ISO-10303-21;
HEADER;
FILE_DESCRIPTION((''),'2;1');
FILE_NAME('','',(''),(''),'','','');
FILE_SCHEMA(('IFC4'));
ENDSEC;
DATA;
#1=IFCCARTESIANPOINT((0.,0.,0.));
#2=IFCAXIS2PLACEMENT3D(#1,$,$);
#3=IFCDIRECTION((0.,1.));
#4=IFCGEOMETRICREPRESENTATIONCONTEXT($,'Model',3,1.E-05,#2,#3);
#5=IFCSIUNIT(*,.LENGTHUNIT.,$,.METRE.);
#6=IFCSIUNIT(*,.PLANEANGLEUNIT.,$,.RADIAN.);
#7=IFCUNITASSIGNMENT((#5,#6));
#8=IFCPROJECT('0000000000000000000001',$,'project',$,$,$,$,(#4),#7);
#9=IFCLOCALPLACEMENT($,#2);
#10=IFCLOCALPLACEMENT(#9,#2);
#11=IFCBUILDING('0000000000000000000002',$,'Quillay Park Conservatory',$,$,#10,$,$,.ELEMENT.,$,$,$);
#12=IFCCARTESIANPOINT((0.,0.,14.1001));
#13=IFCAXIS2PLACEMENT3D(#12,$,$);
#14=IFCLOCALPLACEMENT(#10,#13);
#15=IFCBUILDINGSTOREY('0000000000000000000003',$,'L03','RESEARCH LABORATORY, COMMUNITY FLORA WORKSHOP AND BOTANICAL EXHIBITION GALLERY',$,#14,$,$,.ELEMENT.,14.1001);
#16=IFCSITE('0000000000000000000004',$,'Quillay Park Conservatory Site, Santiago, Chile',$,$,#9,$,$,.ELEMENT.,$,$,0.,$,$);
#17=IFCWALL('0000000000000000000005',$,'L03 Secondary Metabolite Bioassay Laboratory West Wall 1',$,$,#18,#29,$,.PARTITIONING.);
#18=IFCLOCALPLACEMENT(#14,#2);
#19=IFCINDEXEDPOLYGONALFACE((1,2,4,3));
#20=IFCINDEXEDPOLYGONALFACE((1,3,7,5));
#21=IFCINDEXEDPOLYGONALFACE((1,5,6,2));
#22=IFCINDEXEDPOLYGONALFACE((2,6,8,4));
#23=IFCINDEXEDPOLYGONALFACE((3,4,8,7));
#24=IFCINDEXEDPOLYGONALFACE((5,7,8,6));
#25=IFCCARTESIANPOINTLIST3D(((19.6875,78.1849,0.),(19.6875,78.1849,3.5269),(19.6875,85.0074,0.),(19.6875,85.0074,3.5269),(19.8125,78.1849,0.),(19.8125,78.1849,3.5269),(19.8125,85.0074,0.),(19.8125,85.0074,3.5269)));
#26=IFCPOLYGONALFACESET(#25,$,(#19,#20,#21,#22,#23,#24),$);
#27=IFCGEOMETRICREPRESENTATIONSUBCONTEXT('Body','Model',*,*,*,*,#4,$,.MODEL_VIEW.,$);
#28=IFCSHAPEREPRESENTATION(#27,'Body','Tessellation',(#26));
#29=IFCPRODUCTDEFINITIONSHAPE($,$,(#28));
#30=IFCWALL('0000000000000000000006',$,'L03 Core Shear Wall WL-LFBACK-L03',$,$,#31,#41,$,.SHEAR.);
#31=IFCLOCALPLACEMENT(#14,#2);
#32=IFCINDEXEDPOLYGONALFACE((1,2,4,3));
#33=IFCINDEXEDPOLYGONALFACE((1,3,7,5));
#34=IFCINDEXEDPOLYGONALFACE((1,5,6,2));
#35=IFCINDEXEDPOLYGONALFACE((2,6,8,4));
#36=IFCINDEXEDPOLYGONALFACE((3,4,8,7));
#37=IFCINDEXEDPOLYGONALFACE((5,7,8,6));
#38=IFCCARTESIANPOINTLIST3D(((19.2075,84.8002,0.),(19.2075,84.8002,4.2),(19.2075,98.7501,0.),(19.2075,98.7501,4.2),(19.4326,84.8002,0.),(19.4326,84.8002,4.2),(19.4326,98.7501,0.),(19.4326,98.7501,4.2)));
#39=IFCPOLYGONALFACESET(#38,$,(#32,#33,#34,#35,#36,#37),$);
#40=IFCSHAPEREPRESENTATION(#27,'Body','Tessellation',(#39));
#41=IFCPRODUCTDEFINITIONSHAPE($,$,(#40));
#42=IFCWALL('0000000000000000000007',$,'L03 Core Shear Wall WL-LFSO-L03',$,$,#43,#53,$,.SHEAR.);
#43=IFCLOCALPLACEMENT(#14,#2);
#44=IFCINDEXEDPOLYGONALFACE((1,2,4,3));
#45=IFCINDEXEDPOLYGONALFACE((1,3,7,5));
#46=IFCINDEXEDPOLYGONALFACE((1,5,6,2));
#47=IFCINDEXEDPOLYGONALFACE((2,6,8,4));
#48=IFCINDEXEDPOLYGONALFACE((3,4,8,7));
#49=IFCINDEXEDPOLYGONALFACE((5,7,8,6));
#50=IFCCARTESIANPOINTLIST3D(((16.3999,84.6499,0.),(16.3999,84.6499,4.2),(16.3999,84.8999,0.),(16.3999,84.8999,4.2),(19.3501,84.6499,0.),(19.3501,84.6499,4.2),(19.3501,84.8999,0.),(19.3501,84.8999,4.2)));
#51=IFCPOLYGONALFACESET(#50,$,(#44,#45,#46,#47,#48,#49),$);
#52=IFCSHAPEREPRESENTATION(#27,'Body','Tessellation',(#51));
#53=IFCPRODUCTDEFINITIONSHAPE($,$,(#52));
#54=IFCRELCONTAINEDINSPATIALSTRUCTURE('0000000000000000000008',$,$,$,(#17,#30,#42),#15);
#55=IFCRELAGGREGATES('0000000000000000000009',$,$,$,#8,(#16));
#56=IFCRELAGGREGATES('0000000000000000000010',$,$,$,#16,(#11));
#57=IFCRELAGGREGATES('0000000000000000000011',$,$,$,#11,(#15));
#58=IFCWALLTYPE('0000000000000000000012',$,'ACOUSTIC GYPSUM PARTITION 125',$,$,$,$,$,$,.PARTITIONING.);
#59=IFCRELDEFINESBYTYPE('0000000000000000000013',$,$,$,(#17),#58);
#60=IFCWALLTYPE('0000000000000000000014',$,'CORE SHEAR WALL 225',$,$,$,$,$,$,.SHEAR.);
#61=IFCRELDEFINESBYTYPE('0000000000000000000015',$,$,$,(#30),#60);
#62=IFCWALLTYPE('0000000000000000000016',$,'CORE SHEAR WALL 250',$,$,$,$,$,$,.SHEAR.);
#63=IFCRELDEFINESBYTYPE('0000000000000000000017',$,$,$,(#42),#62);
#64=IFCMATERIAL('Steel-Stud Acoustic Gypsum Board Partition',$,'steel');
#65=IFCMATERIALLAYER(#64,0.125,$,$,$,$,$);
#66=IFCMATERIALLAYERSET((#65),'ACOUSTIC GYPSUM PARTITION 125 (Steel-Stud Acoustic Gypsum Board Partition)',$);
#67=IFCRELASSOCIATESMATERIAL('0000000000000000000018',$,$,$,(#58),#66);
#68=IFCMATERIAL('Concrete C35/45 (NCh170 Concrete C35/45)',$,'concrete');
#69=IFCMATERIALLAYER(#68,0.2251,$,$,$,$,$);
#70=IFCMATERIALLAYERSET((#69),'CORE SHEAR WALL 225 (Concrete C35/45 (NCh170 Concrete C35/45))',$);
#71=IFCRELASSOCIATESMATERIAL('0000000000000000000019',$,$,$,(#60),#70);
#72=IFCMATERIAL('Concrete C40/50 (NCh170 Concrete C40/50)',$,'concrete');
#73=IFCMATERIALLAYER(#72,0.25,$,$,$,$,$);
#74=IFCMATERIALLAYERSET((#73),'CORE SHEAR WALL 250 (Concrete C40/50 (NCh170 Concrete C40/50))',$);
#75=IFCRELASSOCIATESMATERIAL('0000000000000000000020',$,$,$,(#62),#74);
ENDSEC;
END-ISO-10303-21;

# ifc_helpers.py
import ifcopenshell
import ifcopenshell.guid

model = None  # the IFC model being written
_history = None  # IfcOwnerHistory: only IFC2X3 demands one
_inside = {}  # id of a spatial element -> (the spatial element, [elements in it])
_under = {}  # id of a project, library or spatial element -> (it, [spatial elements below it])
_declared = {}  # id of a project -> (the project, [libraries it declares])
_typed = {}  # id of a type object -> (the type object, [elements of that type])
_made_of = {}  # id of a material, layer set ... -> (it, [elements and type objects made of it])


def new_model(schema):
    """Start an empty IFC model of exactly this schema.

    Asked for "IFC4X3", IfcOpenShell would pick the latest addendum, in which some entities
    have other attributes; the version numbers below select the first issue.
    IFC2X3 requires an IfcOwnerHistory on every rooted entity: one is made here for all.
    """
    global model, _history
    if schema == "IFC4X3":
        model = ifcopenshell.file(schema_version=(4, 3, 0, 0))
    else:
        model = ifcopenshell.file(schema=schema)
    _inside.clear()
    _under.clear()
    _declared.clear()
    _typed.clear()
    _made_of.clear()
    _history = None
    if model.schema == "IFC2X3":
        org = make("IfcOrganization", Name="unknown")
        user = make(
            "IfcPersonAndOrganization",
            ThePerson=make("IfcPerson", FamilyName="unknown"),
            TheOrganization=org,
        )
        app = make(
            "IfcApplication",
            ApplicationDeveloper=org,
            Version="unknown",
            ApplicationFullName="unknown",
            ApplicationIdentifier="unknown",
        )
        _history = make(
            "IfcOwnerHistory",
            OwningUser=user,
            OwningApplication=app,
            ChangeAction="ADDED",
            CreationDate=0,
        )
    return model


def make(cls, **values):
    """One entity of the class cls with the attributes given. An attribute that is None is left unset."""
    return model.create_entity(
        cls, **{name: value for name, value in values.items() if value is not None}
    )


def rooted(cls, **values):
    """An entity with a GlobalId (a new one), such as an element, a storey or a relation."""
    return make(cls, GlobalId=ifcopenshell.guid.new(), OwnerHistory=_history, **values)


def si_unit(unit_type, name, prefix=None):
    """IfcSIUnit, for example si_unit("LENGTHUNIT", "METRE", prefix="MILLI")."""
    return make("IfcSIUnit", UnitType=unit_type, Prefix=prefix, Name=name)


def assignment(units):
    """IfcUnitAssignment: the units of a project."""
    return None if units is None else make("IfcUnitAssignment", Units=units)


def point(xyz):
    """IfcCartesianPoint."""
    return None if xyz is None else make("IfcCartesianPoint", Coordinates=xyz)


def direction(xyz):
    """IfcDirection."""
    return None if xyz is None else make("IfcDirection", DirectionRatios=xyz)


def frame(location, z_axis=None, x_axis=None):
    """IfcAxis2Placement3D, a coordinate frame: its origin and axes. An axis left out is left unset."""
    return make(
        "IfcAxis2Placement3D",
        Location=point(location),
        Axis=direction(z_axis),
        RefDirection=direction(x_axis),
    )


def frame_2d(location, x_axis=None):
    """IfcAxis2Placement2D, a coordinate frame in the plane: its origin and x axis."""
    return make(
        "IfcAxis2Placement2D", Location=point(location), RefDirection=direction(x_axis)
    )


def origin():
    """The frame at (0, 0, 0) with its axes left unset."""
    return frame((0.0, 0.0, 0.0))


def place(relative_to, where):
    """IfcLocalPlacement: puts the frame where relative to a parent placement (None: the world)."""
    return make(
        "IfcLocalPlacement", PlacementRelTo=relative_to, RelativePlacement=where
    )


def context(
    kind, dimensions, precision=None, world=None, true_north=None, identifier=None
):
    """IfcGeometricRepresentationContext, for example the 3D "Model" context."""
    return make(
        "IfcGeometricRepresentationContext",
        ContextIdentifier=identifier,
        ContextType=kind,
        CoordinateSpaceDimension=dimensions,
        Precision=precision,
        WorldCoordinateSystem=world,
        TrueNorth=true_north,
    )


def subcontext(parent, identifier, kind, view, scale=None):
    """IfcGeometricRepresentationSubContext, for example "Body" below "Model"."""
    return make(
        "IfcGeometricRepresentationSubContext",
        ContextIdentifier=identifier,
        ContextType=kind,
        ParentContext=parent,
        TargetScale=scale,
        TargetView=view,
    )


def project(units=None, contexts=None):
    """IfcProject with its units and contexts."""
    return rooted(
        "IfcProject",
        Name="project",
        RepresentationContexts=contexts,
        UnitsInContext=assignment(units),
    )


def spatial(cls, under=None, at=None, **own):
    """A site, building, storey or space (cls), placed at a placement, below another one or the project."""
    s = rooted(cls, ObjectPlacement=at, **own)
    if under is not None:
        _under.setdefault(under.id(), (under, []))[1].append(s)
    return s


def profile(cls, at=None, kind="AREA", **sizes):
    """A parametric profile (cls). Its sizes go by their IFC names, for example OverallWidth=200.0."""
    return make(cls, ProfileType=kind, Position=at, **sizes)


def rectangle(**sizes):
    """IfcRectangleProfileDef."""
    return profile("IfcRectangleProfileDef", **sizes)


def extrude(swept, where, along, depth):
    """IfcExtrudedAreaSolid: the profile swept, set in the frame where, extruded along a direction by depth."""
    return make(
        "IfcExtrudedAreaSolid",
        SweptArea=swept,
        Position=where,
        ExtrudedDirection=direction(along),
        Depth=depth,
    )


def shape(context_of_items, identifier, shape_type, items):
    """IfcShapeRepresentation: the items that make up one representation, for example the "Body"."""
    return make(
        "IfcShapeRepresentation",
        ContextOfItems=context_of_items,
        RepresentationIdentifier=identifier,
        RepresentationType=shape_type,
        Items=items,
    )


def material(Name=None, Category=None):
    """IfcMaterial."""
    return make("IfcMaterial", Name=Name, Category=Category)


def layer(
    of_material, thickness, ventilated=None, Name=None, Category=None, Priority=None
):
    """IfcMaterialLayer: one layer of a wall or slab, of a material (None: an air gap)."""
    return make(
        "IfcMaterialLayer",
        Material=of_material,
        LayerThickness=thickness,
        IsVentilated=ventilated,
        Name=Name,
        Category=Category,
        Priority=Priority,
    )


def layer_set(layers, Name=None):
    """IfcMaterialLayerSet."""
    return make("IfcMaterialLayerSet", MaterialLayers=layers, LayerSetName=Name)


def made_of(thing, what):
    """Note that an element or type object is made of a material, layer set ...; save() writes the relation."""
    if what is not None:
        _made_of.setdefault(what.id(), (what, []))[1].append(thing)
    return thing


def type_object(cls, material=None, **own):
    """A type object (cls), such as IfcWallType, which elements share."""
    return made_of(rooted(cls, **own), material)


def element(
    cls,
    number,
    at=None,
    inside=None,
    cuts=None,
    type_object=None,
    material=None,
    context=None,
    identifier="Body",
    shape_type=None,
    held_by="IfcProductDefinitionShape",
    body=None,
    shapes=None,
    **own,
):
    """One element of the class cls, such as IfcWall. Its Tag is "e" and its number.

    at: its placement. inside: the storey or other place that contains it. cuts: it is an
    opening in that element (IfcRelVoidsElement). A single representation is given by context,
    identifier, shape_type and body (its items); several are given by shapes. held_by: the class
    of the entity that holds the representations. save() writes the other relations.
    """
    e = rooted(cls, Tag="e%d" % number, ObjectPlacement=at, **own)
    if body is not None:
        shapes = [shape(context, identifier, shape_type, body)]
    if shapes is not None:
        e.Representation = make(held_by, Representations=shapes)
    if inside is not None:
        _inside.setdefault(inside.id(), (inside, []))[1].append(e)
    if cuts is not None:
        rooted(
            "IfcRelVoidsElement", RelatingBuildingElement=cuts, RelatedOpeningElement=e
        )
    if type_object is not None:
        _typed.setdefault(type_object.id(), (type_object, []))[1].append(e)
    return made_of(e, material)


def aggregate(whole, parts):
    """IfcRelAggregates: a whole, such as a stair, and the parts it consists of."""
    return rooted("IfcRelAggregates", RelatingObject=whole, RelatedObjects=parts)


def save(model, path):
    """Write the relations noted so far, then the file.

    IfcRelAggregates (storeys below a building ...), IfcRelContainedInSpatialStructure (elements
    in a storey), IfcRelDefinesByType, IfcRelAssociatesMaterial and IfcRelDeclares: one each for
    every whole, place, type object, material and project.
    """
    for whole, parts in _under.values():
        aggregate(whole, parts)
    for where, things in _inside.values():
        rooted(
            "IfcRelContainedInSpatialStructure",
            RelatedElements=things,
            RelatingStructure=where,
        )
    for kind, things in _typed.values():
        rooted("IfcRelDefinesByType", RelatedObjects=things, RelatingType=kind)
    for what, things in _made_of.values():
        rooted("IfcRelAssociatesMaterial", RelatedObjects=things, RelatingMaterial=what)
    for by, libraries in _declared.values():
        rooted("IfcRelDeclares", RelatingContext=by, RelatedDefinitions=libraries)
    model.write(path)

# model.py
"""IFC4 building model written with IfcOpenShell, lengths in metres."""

from ifc_helpers import new_model, si_unit, direction, frame, frame_2d, origin, place, context, subcontext, project, spatial, rectangle, extrude, material, layer, layer_set, type_object, element, save


model = new_model("IFC4")

# Units and contexts
model_context = context("Model", 3, precision=1e-05, world=origin(), true_north=direction((0.0, 1.0)))
body_context = subcontext(model_context, "Body", "Model", "MODEL_VIEW")
ifc_project = project(units=[si_unit("LENGTHUNIT", "METRE"), si_unit("PLANEANGLEUNIT", "RADIAN")], contexts=[model_context])

# Site, building, storey
site_placement = place(None, origin())
site = spatial("IfcSite", under=ifc_project, at=site_placement, Name="Quillay Park Conservatory Site, Santiago, Chile", CompositionType="ELEMENT", RefElevation=0.0)
building_placement = place(site_placement, origin())
building = spatial("IfcBuilding", under=site, at=building_placement, Name="Quillay Park Conservatory", CompositionType="ELEMENT")
storey_placement = place(building_placement, frame((0.0, 0.0, 14.1001)))
storey = spatial("IfcBuildingStorey", under=building, at=storey_placement, Name="L03", Description="RESEARCH LABORATORY, COMMUNITY FLORA WORKSHOP AND BOTANICAL EXHIBITION GALLERY", CompositionType="ELEMENT", Elevation=14.1001)

# Walls
ifc_material_1 = material(Name="Steel-Stud Acoustic Gypsum Board Partition", Category="steel")
ifc_layer_1 = layer(ifc_material_1, 0.125)
ifc_layer_set_1 = layer_set([ifc_layer_1], Name="ACOUSTIC GYPSUM PARTITION 125 (Steel-Stud Acoustic Gypsum Board Partition)")
wall_type_1 = type_object("IfcWallType", Name="ACOUSTIC GYPSUM PARTITION 125", PredefinedType="PARTITIONING", material=ifc_layer_set_1)
wall_1_placement = place(storey_placement, frame((19.75, 78.1851, 0.0), z_axis=(0.0, 0.0, 1.0), x_axis=(0.0, 1.0, 0.0)))
element("IfcWall", 1, at=wall_1_placement, inside=storey, type_object=wall_type_1, Name="L03 Secondary Metabolite Bioassay Laboratory West Wall 1", PredefinedType="PARTITIONING", context=body_context, shape_type="SweptSolid", body=[
    extrude(rectangle(XDim=6.8225, YDim=0.125, at=frame_2d((3.4111, 0.0))), origin(), (0.0, 0.0, 1.0), 3.5269),
])
ifc_material_2 = material(Name="Concrete C35/45 (NCh170 Concrete C35/45)", Category="concrete")
ifc_layer_2 = layer(ifc_material_2, 0.2251)
ifc_layer_set_2 = layer_set([ifc_layer_2], Name="CORE SHEAR WALL 225 (Concrete C35/45 (NCh170 Concrete C35/45))")
wall_type_2 = type_object("IfcWallType", Name="CORE SHEAR WALL 225", PredefinedType="SHEAR", material=ifc_layer_set_2)
wall_2_placement = place(storey_placement, frame((19.3201, 84.8, 0.0), z_axis=(0.0, 0.0, 1.0), x_axis=(0.0, 1.0, 0.0)))
element("IfcWall", 2, at=wall_2_placement, inside=storey, type_object=wall_type_2, Name="L03 Core Shear Wall WL-LFBACK-L03", PredefinedType="SHEAR", context=body_context, shape_type="SweptSolid", body=[
    extrude(rectangle(XDim=13.95, YDim=0.2251, at=frame_2d((6.9751, 0.0))), origin(), (0.0, 0.0, 1.0), 4.2),
])
ifc_material_3 = material(Name="Concrete C40/50 (NCh170 Concrete C40/50)", Category="concrete")
ifc_layer_3 = layer(ifc_material_3, 0.25)
ifc_layer_set_3 = layer_set([ifc_layer_3], Name="CORE SHEAR WALL 250 (Concrete C40/50 (NCh170 Concrete C40/50))")
wall_type_3 = type_object("IfcWallType", Name="CORE SHEAR WALL 250", PredefinedType="SHEAR", material=ifc_layer_set_3)
wall_3_placement = place(storey_placement, frame((16.3999, 84.7749, 0.0), z_axis=(0.0, 0.0, 1.0), x_axis=(1.0, 0.0, 0.0)))
element("IfcWall", 3, at=wall_3_placement, inside=storey, type_object=wall_type_3, Name="L03 Core Shear Wall WL-LFSO-L03", PredefinedType="SHEAR", context=body_context, shape_type="SweptSolid", body=[
    extrude(rectangle(XDim=2.9502, YDim=0.25, at=frame_2d((1.4751, 0.0))), origin(), (0.0, 0.0, 1.0), 4.2),
])

save(model, "model.ifc")
